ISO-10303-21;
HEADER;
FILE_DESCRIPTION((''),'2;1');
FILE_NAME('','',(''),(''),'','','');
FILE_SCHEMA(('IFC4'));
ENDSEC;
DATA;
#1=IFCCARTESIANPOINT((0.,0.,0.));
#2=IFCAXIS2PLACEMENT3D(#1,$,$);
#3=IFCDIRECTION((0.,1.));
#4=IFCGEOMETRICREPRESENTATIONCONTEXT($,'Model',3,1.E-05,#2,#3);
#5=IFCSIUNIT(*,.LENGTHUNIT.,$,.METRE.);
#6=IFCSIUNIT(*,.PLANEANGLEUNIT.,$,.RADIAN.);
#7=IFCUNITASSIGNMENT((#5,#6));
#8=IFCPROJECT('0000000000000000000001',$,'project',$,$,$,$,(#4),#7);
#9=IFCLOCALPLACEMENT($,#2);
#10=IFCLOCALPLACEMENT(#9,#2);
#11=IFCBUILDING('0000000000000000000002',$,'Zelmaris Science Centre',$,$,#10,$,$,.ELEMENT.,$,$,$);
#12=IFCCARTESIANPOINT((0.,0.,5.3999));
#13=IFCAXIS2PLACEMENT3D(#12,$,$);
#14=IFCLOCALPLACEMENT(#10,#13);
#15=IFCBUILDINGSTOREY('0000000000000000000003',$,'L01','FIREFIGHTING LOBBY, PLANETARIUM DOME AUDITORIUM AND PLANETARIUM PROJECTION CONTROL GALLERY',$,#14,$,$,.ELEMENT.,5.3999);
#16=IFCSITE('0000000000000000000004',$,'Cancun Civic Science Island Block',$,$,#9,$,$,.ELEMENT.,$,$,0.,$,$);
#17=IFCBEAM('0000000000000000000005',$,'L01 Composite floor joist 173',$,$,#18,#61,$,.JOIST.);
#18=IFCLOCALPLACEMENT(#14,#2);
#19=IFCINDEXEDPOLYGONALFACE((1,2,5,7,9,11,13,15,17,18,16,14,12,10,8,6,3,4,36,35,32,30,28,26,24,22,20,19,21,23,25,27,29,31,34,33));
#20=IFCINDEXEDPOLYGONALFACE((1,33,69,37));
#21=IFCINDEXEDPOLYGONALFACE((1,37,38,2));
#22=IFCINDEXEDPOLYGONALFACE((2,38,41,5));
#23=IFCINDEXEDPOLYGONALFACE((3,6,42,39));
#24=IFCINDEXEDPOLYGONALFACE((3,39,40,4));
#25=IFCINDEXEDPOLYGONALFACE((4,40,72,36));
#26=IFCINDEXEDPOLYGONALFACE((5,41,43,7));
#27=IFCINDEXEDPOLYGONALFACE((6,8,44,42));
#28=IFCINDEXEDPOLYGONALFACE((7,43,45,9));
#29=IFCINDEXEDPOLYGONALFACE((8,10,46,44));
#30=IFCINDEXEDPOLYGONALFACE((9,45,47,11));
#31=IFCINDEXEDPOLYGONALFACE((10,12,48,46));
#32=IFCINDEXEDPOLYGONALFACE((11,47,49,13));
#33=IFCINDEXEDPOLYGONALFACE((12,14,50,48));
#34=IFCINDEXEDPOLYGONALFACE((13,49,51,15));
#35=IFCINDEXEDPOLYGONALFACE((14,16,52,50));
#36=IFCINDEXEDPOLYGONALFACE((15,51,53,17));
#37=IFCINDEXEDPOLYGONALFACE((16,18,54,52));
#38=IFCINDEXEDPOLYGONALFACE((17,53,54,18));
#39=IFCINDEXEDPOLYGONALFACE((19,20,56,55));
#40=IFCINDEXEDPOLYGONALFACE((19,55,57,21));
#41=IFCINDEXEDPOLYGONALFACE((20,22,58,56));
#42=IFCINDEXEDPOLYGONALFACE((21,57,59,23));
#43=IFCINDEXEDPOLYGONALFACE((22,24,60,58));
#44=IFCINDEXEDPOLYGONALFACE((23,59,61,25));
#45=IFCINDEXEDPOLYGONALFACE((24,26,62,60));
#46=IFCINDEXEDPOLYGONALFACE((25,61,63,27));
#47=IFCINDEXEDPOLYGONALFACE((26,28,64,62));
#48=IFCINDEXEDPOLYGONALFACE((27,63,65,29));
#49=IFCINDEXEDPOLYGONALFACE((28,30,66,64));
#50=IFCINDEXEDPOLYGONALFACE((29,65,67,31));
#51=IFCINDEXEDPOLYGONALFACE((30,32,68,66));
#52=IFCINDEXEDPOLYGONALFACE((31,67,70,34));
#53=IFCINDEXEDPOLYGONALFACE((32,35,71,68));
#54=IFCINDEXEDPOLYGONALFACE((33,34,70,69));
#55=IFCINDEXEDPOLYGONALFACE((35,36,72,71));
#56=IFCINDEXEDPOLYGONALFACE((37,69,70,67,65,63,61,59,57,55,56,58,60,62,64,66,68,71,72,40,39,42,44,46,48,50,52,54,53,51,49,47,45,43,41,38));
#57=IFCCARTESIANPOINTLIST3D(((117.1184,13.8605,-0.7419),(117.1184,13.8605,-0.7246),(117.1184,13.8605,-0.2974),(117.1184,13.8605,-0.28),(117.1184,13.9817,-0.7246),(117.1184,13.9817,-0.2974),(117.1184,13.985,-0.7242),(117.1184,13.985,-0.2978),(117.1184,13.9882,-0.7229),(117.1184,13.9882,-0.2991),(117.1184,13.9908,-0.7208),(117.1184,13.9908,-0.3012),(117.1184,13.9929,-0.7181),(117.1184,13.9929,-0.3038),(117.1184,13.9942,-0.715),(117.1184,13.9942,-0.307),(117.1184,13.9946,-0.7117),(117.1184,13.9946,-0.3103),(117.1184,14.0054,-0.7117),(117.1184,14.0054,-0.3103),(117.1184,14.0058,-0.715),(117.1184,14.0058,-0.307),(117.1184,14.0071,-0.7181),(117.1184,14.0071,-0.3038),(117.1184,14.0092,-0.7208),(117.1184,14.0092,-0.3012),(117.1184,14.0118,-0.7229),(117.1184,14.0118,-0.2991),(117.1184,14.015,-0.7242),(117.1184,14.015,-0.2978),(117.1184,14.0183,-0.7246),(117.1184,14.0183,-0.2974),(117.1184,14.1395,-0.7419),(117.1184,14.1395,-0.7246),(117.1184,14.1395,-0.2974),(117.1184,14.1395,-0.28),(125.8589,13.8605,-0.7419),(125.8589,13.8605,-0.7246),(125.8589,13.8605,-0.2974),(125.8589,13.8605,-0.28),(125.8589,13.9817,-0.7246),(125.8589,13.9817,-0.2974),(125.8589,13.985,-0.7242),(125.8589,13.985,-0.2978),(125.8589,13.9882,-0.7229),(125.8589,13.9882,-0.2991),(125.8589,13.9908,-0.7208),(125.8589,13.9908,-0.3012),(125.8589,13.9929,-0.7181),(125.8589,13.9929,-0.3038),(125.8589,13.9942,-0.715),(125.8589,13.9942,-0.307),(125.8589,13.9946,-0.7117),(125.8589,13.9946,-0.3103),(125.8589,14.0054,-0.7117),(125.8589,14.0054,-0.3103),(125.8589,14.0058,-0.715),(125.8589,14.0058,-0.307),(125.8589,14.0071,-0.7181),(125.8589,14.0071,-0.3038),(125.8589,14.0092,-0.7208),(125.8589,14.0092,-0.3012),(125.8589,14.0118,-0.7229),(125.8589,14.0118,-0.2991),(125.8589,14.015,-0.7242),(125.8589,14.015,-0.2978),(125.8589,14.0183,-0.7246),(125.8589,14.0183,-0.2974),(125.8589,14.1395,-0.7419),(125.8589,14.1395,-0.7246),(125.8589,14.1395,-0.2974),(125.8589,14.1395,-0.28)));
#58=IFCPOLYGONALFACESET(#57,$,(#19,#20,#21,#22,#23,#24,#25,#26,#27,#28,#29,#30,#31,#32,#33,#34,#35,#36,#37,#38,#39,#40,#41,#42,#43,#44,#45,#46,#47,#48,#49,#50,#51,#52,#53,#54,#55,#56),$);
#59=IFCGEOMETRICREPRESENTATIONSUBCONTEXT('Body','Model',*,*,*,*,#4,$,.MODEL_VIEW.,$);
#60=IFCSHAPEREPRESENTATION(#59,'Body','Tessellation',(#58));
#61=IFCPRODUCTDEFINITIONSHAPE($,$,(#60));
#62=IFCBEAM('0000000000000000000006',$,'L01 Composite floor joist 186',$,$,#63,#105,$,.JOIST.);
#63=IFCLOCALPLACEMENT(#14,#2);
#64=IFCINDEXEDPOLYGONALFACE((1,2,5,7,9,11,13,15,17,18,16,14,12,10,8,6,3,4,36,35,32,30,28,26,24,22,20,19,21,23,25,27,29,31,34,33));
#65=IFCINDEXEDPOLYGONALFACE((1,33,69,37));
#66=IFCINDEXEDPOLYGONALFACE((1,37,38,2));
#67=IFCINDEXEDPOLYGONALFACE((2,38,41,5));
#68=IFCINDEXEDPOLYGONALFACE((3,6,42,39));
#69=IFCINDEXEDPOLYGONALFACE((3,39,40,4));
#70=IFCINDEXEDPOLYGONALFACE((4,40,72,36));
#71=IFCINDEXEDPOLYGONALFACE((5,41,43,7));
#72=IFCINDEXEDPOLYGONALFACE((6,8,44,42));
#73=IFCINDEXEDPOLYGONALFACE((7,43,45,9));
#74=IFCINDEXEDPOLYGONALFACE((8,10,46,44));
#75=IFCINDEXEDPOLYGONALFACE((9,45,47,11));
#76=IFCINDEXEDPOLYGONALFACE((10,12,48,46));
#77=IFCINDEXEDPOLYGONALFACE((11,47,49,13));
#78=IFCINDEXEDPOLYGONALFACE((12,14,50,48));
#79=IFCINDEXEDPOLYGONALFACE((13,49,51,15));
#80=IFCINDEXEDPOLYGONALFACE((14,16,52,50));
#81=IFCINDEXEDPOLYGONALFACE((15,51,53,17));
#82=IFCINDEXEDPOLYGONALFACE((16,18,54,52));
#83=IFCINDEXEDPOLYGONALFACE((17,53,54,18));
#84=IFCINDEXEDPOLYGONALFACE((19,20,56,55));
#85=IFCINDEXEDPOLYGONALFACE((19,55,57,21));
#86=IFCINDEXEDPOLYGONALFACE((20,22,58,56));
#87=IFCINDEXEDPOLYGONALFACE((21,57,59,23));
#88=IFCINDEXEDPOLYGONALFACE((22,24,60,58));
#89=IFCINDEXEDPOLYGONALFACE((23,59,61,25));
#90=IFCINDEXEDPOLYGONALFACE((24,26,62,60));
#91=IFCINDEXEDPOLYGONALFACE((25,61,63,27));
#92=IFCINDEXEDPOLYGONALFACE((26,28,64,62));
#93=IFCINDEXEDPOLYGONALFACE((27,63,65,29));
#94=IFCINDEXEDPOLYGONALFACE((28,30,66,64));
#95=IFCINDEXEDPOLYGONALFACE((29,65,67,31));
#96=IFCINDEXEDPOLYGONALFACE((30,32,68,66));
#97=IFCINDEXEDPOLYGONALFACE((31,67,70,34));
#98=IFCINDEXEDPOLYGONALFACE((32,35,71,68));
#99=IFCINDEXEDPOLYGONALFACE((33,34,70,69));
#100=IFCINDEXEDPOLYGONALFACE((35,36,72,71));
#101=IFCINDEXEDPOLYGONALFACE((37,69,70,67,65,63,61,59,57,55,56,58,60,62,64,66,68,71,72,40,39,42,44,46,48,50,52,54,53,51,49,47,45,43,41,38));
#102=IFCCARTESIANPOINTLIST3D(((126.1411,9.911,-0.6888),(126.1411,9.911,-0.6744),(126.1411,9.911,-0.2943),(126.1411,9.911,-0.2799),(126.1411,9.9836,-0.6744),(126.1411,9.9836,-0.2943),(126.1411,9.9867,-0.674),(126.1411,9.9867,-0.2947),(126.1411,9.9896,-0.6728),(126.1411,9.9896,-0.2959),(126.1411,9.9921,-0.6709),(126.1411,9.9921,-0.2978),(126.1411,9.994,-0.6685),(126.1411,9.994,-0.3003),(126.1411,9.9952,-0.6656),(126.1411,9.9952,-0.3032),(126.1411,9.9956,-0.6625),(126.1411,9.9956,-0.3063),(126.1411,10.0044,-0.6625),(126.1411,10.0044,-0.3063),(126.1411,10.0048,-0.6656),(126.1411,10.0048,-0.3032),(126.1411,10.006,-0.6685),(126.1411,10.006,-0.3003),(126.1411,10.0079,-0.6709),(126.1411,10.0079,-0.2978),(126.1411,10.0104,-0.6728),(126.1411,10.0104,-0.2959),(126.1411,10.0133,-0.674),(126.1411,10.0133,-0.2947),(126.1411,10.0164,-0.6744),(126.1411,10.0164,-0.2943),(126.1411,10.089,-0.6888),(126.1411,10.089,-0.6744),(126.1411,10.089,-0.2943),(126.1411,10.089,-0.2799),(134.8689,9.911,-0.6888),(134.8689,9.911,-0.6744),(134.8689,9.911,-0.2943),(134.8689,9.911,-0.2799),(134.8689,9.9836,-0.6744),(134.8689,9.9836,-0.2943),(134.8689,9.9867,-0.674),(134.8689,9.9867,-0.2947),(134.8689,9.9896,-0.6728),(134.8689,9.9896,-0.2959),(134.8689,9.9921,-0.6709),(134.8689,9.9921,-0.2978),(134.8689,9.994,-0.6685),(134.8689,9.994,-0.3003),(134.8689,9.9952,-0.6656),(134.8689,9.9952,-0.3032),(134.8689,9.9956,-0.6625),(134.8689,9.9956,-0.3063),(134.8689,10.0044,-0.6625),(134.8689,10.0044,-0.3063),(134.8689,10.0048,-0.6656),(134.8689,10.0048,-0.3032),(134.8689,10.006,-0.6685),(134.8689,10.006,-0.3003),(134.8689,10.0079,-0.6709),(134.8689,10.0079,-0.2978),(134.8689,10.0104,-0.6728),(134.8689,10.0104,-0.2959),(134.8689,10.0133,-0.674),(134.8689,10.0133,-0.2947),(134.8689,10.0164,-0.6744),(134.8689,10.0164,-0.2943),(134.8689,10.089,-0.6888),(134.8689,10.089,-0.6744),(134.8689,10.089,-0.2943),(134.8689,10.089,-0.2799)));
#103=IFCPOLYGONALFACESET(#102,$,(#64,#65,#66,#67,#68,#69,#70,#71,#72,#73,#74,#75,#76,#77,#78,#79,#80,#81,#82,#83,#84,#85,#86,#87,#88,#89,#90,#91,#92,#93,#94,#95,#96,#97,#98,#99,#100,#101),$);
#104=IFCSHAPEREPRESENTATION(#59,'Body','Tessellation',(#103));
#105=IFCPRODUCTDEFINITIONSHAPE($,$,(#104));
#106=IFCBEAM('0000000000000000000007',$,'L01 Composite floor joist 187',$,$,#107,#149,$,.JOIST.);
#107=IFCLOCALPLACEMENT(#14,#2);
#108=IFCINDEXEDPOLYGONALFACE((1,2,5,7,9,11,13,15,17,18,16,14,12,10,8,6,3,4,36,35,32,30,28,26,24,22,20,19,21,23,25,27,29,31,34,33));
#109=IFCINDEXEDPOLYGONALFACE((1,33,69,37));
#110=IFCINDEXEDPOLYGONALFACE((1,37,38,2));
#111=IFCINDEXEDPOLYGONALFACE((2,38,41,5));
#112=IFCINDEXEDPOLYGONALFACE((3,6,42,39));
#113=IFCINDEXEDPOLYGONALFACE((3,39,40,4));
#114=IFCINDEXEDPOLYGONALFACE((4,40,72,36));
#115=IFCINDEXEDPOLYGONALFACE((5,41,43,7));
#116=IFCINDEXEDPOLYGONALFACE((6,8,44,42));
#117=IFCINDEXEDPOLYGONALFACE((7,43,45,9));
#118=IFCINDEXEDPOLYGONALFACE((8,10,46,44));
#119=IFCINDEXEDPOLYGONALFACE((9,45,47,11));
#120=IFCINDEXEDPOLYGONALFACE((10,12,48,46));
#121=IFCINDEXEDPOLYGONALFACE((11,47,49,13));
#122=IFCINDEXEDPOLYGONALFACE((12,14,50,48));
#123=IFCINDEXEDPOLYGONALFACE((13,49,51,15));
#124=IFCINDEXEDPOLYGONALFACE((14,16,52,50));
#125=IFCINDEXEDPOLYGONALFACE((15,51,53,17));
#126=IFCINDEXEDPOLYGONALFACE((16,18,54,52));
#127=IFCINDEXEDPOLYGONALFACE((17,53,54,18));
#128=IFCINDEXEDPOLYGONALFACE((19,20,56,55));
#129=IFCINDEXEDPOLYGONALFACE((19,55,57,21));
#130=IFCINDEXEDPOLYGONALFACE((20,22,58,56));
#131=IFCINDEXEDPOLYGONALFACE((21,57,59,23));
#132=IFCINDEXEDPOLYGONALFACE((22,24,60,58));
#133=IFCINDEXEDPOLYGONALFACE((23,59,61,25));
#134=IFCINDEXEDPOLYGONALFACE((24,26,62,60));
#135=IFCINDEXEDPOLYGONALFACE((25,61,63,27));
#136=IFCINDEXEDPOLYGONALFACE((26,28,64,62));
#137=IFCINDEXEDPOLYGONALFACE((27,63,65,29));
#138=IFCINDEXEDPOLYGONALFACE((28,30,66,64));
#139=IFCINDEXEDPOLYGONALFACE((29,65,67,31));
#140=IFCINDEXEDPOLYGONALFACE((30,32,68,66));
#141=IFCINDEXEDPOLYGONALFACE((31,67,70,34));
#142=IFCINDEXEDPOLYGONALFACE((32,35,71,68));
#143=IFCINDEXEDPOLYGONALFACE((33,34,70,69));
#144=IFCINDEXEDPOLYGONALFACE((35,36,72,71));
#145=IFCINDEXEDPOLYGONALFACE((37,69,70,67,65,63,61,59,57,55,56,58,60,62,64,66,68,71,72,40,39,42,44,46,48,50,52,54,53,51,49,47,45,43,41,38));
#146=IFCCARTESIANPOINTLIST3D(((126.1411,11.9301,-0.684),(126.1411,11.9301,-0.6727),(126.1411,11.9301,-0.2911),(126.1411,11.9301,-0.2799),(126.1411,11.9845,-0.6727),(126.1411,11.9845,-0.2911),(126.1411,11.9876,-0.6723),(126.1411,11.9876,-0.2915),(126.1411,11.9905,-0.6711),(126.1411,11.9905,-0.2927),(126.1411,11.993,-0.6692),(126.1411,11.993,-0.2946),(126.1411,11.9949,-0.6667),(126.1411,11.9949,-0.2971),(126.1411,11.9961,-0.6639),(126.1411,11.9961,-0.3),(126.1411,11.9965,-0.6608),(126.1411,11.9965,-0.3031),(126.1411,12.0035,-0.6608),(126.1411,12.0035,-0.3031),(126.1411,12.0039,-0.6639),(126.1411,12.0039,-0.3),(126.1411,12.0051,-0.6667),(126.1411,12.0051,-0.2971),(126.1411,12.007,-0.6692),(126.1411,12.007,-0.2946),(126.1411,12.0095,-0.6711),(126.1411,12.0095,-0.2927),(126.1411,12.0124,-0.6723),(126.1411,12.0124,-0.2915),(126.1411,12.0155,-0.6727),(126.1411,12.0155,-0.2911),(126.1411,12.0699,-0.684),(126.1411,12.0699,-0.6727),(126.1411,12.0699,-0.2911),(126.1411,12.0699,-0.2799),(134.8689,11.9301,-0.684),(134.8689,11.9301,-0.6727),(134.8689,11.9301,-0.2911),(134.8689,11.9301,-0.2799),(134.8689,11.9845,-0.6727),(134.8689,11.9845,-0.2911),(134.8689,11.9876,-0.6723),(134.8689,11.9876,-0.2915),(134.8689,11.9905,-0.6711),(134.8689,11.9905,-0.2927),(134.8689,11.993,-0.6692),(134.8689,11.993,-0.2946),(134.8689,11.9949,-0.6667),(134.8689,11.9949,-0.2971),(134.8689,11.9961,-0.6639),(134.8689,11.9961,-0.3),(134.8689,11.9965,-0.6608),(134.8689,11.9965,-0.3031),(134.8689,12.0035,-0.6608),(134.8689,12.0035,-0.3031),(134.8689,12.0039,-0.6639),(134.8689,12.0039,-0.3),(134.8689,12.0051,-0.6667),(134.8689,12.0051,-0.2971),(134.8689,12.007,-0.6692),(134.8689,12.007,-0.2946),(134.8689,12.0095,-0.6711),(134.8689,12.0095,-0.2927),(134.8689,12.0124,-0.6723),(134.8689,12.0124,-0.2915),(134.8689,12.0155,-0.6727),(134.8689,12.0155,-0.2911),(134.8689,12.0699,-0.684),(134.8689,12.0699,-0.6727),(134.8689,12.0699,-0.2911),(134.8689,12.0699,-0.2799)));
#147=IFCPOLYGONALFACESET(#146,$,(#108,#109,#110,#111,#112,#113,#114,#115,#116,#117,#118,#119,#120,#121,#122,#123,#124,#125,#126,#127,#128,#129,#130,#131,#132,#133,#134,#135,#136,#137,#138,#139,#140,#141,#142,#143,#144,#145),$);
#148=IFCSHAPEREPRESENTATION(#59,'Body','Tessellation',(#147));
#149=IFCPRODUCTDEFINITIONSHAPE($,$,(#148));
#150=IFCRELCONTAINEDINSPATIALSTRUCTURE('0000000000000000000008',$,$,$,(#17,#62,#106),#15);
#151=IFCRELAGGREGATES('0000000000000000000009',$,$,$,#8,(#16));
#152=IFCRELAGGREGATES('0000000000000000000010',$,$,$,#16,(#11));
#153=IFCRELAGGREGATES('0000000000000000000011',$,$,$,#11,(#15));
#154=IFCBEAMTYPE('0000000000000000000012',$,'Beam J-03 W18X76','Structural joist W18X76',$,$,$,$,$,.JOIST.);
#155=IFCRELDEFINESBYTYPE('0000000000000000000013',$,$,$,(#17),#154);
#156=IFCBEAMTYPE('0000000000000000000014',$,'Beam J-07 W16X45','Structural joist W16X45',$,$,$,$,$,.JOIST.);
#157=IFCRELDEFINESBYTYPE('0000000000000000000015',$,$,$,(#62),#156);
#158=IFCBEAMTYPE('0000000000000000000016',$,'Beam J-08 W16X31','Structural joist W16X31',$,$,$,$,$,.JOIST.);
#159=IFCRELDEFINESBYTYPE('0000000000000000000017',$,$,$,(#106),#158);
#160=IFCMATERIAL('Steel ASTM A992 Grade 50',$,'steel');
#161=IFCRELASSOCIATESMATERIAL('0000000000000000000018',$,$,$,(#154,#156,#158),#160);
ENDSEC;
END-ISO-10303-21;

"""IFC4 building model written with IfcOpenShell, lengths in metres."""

from ifc_helpers import new_model, si_unit, direction, frame, origin, origin_2d, place, context, subcontext, project, spatial, i_section, extrude, material, material_profile, profile_set, type_object, element, save


model = new_model("IFC4")

# Units and contexts
model_context = context("Model", 3, precision=1e-05, world=origin(), true_north=direction((0.0, 1.0)))
body_context = subcontext(model_context, "Body", "Model", "MODEL_VIEW")
ifc_project = project(units=[si_unit("LENGTHUNIT", "METRE"), si_unit("PLANEANGLEUNIT", "RADIAN")], contexts=[model_context])

# Site, building, storey
site_placement = place(None, origin())
site = spatial("IfcSite", under=ifc_project, at=site_placement, Name="Cancun Civic Science Island Block", CompositionType="ELEMENT", RefElevation=0.0)
building_placement = place(site_placement, origin())
building = spatial("IfcBuilding", under=site, at=building_placement, Name="Zelmaris Science Centre", CompositionType="ELEMENT")
storey_placement = place(building_placement, frame((0.0, 0.0, 5.3999)))
storey = spatial("IfcBuildingStorey", under=building, at=storey_placement, Name="L01", Description="FIREFIGHTING LOBBY, PLANETARIUM DOME AUDITORIUM AND PLANETARIUM PROJECTION CONTROL GALLERY", CompositionType="ELEMENT", Elevation=5.3999)

# Shared definitions
ifc_material_1 = material(Name="Steel ASTM A992 Grade 50", Category="steel")

# Beams
ifc_material_profile_1 = material_profile(ifc_material_1, i_section(OverallWidth=0.2791, OverallDepth=0.4619, WebThickness=0.0107, FlangeThickness=0.0173, FilletRadius=0.0129, at=origin_2d()), Name="W18X76")
ifc_profile_set_1 = profile_set([ifc_material_profile_1], Name="Steel ASTM A992 Grade 50")
beam_type_1 = type_object("IfcBeamType", Name="Beam J-03 W18X76", Description="Structural joist W18X76", PredefinedType="JOIST", material=ifc_profile_set_1)
beam_1_placement = place(storey_placement, frame((117.1184, 14.0, -0.511), z_axis=(1.0, 0.0, 0.0), x_axis=(0.0, 1.0, 0.0)))
element("IfcBeam", 1, at=beam_1_placement, inside=storey, type_object=beam_type_1, Name="L01 Composite floor joist 173", PredefinedType="JOIST", context=body_context, shape_type="SweptSolid", body=[
    extrude(i_section(OverallWidth=0.2791, OverallDepth=0.4619, WebThickness=0.0107, FlangeThickness=0.0173, FilletRadius=0.0129, at=origin_2d()), origin(), (0.0, 0.0, 1.0), 8.7405),
])
ifc_material_profile_2 = material_profile(ifc_material_1, i_section(OverallWidth=0.178, OverallDepth=0.4089, WebThickness=0.0088, FlangeThickness=0.0144, FilletRadius=0.012, at=origin_2d()), Name="W16X45")
ifc_profile_set_2 = profile_set([ifc_material_profile_2], Name="Steel ASTM A992 Grade 50")
beam_type_2 = type_object("IfcBeamType", Name="Beam J-07 W16X45", Description="Structural joist W16X45", PredefinedType="JOIST", material=ifc_profile_set_2)
beam_2_placement = place(storey_placement, frame((126.1411, 10.0, -0.4844), z_axis=(1.0, 0.0, 0.0), x_axis=(0.0, 1.0, 0.0)))
element("IfcBeam", 2, at=beam_2_placement, inside=storey, type_object=beam_type_2, Name="L01 Composite floor joist 186", PredefinedType="JOIST", context=body_context, shape_type="SweptSolid", body=[
    extrude(i_section(OverallWidth=0.178, OverallDepth=0.4089, WebThickness=0.0088, FlangeThickness=0.0144, FilletRadius=0.012, at=origin_2d()), origin(), (0.0, 0.0, 1.0), 8.7278),
])
ifc_material_profile_3 = material_profile(ifc_material_1, i_section(OverallWidth=0.1399, OverallDepth=0.4041, WebThickness=0.0071, FlangeThickness=0.0112, FilletRadius=0.012, at=origin_2d()), Name="W16X31")
ifc_profile_set_3 = profile_set([ifc_material_profile_3], Name="Steel ASTM A992 Grade 50")
beam_type_3 = type_object("IfcBeamType", Name="Beam J-08 W16X31", Description="Structural joist W16X31", PredefinedType="JOIST", material=ifc_profile_set_3)
beam_3_placement = place(storey_placement, frame((126.1411, 12.0, -0.4819), z_axis=(1.0, 0.0, 0.0), x_axis=(0.0, 1.0, 0.0)))
element("IfcBeam", 3, at=beam_3_placement, inside=storey, type_object=beam_type_3, Name="L01 Composite floor joist 187", PredefinedType="JOIST", context=body_context, shape_type="SweptSolid", body=[
    extrude(i_section(OverallWidth=0.1399, OverallDepth=0.4041, WebThickness=0.0071, FlangeThickness=0.0112, FilletRadius=0.012, at=origin_2d()), origin(), (0.0, 0.0, 1.0), 8.7278),
])

save(model, "model.ifc")
